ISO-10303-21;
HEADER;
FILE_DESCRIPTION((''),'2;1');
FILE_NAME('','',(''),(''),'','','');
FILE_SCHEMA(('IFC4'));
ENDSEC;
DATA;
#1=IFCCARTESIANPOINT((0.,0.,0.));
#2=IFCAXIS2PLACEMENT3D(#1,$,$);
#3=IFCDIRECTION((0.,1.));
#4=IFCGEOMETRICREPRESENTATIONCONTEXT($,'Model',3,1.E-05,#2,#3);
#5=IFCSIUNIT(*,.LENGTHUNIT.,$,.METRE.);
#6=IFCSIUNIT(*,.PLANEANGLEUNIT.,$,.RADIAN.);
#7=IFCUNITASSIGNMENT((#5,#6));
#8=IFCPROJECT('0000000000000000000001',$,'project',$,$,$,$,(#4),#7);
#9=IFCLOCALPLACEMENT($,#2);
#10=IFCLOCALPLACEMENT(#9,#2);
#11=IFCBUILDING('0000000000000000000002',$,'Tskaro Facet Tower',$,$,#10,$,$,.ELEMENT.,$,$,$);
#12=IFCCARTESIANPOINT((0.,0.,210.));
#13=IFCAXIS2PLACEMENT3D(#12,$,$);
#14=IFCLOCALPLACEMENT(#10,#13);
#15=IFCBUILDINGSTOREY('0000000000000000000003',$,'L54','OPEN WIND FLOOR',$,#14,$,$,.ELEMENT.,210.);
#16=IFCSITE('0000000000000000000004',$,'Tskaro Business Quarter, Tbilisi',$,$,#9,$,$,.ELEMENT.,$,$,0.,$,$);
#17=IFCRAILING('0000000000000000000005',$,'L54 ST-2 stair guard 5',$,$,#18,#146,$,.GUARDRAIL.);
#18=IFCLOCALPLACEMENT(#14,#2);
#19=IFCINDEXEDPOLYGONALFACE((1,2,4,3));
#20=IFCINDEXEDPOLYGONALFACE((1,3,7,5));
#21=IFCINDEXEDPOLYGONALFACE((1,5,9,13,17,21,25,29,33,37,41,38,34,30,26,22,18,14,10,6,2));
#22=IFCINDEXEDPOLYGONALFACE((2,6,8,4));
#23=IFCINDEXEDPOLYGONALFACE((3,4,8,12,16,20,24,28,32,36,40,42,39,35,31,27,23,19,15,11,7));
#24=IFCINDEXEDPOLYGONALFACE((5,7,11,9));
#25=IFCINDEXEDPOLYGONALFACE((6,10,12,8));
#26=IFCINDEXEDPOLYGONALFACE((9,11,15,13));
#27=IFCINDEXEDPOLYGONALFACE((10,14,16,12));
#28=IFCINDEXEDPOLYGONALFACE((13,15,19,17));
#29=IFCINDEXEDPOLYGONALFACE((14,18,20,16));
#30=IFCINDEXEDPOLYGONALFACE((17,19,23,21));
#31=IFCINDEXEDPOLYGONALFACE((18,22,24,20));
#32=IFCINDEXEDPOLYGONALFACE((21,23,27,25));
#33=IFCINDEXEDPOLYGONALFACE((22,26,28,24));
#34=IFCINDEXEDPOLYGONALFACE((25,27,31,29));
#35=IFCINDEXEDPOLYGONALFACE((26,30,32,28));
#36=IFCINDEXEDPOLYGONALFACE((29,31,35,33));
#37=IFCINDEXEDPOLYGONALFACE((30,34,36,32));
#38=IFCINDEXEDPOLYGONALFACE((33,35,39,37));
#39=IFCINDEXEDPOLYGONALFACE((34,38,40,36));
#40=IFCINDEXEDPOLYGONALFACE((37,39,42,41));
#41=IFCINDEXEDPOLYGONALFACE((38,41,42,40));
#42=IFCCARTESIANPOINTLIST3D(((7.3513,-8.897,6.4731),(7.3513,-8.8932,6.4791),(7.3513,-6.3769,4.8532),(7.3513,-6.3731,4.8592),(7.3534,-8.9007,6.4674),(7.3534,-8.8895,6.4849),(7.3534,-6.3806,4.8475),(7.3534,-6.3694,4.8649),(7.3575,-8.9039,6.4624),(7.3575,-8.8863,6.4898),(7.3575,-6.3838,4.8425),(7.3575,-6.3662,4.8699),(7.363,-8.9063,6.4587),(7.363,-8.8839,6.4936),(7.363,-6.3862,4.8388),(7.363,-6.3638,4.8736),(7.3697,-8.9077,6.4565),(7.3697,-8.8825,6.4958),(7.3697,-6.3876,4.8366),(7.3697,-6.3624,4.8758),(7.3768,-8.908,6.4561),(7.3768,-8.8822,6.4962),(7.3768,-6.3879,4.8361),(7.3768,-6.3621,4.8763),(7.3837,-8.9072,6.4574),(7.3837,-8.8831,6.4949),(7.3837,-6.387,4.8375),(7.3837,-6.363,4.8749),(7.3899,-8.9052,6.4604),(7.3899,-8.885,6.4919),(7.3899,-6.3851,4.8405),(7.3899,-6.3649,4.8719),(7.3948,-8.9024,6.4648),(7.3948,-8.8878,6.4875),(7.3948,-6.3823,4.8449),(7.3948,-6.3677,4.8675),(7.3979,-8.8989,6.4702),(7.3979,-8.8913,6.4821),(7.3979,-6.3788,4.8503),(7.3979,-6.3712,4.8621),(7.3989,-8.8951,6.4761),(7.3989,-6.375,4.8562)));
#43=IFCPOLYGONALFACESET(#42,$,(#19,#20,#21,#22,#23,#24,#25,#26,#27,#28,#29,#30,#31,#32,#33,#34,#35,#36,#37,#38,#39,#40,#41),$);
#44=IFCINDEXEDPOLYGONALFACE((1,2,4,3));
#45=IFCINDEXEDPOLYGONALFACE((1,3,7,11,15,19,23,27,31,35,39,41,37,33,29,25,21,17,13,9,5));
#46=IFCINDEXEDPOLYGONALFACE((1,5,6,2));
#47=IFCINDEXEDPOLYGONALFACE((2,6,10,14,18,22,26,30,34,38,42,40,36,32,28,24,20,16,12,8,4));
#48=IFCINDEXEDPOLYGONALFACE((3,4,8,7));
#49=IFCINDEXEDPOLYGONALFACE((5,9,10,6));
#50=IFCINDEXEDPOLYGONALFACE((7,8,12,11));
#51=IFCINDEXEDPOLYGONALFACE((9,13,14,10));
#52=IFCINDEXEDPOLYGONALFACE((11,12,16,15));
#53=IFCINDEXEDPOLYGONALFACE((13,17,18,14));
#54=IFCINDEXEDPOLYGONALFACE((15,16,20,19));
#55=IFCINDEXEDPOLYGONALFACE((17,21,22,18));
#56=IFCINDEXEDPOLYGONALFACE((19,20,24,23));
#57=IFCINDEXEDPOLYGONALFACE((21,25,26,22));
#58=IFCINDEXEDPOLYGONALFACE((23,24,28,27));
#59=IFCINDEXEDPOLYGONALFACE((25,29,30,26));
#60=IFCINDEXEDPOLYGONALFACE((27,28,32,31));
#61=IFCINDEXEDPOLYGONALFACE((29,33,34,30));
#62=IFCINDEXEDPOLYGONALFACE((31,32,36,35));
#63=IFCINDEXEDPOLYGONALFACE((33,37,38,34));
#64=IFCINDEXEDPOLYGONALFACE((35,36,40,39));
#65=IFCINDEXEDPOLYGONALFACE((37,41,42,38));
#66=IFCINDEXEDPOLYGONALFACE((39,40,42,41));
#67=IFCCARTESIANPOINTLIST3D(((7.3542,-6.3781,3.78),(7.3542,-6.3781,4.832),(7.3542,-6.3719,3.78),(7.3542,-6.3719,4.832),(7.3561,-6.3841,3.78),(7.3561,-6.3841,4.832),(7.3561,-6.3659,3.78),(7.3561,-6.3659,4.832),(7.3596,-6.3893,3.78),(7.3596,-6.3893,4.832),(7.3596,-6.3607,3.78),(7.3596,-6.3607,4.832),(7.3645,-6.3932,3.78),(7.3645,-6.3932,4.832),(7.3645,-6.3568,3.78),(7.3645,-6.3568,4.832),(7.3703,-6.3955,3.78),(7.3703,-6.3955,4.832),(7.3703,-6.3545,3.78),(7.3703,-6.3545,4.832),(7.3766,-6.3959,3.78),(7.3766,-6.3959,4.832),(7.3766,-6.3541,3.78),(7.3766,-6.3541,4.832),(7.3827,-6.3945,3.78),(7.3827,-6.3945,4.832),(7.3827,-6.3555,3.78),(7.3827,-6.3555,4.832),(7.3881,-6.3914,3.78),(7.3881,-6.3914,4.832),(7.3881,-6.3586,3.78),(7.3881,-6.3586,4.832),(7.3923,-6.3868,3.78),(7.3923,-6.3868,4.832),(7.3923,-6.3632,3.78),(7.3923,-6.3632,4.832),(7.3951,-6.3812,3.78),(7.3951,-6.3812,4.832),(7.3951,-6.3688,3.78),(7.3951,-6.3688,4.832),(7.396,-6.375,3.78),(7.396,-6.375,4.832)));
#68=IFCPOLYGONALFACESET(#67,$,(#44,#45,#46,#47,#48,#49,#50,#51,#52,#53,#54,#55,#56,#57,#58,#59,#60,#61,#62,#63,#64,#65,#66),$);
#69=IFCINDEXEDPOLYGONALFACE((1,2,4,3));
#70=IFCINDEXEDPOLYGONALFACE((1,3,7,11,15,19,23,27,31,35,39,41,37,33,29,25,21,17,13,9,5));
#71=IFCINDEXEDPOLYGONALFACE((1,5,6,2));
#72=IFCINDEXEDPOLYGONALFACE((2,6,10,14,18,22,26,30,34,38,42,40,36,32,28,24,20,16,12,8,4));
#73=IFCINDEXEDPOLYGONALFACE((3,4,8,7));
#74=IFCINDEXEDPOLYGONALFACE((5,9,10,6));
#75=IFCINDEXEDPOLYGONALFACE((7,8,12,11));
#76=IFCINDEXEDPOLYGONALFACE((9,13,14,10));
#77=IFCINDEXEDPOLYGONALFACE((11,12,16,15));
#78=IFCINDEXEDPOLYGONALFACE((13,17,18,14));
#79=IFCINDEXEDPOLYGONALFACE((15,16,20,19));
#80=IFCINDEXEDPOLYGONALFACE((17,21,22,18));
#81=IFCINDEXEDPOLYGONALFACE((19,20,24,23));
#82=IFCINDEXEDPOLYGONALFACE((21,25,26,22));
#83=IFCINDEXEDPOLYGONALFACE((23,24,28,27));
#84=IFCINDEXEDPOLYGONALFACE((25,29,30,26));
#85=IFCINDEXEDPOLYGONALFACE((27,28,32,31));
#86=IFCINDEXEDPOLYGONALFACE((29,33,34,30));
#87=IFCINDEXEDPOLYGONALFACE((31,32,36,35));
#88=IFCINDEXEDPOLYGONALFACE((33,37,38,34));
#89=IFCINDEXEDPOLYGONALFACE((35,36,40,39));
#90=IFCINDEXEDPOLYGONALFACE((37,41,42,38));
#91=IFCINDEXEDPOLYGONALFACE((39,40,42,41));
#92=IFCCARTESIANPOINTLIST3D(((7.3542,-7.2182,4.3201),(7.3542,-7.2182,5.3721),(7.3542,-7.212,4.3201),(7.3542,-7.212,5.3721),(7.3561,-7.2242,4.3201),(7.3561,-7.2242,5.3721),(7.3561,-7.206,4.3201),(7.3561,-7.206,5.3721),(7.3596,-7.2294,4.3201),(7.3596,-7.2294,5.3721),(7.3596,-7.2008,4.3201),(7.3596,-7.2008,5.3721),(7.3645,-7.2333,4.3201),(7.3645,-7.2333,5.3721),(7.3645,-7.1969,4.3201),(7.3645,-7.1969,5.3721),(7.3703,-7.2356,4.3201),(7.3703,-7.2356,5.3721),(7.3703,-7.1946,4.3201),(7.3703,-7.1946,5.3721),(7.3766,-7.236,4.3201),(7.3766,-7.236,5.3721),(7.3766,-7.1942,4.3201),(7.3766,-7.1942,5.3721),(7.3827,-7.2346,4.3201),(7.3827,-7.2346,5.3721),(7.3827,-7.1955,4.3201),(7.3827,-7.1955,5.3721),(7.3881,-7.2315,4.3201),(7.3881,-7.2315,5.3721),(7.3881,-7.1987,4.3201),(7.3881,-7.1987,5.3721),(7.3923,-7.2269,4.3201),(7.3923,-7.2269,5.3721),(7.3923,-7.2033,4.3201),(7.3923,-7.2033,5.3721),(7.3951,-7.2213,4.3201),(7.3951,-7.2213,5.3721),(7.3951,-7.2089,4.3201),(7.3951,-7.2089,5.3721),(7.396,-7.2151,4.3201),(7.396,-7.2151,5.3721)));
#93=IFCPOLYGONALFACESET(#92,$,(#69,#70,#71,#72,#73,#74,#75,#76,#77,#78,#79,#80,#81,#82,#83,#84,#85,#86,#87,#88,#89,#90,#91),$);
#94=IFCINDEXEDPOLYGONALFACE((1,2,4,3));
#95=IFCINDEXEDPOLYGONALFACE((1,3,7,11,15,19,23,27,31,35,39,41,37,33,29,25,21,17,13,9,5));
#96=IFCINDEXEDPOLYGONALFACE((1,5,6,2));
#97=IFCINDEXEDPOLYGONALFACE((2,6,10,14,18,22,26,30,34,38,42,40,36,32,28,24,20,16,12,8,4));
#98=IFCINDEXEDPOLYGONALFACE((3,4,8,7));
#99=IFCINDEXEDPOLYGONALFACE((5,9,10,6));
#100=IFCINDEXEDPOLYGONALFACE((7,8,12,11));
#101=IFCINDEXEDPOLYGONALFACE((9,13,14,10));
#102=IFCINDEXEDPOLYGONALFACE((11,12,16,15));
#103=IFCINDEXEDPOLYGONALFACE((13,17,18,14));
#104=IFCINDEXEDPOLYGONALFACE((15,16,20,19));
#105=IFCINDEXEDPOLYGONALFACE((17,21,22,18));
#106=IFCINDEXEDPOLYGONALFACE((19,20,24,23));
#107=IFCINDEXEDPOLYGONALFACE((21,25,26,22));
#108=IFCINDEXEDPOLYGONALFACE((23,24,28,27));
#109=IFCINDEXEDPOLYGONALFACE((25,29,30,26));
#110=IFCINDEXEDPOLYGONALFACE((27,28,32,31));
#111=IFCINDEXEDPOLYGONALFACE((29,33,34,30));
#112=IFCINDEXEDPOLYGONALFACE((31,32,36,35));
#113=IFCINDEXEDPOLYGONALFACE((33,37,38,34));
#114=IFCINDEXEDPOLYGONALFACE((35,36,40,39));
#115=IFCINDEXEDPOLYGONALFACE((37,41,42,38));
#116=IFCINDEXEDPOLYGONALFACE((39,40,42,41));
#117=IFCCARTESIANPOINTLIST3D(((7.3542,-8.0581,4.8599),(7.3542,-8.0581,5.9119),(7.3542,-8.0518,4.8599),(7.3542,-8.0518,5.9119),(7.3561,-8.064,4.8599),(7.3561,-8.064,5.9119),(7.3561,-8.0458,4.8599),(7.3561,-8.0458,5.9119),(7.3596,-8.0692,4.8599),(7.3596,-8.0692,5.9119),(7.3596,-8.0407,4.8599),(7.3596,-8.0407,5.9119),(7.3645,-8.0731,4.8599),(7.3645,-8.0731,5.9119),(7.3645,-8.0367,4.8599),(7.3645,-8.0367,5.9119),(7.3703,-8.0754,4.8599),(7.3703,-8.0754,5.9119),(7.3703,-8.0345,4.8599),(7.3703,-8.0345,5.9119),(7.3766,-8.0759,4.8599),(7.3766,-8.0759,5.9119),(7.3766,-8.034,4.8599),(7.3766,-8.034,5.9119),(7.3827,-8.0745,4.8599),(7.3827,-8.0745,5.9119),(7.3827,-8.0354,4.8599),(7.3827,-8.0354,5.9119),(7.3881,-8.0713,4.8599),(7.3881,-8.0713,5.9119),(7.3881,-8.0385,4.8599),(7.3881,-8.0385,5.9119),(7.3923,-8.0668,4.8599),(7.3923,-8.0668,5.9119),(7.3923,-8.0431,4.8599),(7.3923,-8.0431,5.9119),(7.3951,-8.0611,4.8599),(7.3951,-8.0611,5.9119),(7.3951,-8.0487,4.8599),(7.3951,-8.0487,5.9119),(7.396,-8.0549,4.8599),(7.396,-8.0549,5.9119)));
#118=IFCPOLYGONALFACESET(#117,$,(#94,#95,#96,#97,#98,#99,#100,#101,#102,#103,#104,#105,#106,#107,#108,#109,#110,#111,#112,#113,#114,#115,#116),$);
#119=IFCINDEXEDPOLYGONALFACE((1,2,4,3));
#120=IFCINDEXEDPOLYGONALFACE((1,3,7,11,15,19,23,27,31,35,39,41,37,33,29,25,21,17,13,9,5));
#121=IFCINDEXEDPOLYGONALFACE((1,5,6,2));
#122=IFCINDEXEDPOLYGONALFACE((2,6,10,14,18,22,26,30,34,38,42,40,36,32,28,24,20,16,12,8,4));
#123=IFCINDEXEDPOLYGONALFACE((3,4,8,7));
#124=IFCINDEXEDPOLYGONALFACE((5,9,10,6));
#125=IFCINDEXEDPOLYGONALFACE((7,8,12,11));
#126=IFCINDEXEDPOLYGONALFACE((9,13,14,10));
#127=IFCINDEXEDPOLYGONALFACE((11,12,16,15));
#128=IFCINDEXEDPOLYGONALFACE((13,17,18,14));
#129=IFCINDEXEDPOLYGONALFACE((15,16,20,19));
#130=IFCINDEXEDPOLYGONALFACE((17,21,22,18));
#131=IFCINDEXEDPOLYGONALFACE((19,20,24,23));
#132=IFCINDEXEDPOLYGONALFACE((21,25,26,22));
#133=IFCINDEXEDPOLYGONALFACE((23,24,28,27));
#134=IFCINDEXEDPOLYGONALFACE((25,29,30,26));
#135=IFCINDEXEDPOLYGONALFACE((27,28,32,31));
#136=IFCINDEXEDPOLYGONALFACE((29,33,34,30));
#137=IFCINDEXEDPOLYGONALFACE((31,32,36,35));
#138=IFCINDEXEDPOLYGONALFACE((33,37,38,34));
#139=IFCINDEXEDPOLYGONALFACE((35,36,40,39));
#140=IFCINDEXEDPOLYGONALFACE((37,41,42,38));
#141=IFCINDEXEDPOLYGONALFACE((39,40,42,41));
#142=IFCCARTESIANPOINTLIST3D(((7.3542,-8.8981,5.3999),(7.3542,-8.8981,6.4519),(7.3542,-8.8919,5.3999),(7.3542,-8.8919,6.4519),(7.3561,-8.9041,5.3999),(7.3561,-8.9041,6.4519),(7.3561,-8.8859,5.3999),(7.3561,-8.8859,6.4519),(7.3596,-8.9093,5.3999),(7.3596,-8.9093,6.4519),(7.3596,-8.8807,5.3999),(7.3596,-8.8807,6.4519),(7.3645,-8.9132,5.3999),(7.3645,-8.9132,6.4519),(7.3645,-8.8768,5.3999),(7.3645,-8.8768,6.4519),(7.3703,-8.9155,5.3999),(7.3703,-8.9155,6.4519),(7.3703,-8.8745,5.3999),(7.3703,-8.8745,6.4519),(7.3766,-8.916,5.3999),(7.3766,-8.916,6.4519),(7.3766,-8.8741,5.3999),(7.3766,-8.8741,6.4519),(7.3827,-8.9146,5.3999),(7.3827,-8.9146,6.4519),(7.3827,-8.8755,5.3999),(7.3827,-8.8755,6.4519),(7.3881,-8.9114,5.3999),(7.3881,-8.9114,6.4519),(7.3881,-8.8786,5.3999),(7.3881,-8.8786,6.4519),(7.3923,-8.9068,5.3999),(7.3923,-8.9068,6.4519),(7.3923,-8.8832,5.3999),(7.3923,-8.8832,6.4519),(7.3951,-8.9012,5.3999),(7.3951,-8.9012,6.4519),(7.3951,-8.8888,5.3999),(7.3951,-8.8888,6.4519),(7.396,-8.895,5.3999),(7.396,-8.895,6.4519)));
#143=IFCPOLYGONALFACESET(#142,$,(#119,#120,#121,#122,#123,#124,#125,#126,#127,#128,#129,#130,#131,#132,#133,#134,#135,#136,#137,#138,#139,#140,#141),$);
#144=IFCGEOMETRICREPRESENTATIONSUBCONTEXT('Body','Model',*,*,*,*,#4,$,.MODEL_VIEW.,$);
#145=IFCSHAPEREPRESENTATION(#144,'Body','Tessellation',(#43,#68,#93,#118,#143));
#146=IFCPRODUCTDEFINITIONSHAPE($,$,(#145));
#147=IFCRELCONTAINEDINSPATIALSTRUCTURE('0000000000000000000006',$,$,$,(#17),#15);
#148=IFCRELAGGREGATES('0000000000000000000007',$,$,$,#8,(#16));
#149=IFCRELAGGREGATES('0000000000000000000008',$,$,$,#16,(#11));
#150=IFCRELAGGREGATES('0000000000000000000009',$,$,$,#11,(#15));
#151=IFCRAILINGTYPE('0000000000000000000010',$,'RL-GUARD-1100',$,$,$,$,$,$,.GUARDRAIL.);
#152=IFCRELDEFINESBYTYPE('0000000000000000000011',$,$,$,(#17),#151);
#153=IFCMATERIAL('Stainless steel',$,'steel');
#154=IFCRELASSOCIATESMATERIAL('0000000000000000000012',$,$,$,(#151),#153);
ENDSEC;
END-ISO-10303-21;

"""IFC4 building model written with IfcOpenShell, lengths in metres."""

from ifc_helpers import new_model, si_unit, direction, frame, origin, origin_2d, place, context, subcontext, project, spatial, circle, extrude, material, type_object, element, save


model = new_model("IFC4")

# Units and contexts
model_context = context("Model", 3, precision=1e-05, world=origin(), true_north=direction((0.0, 1.0)))
body_context = subcontext(model_context, "Body", "Model", "MODEL_VIEW")
ifc_project = project(units=[si_unit("LENGTHUNIT", "METRE"), si_unit("PLANEANGLEUNIT", "RADIAN")], contexts=[model_context])

# Site, building, storey
site_placement = place(None, origin())
site = spatial("IfcSite", under=ifc_project, at=site_placement, Name="Tskaro Business Quarter, Tbilisi", CompositionType="ELEMENT", RefElevation=0.0)
building_placement = place(site_placement, origin())
building = spatial("IfcBuilding", under=site, at=building_placement, Name="Tskaro Facet Tower", CompositionType="ELEMENT")
storey_placement = place(building_placement, frame((0.0, 0.0, 210.0)))
storey = spatial("IfcBuildingStorey", under=building, at=storey_placement, Name="L54", Description="OPEN WIND FLOOR", CompositionType="ELEMENT", Elevation=210.0)

# Railing
ifc_material_1 = material(Name="Stainless steel", Category="steel")
railing_type_1 = type_object("IfcRailingType", Name="RL-GUARD-1100", PredefinedType="GUARDRAIL", material=ifc_material_1)
railing_1_placement = place(storey_placement, frame((7.375, -6.375, 3.78)))
element("IfcRailing", 1, at=railing_1_placement, inside=storey, type_object=railing_type_1, Name="L54 ST-2 stair guard 5", PredefinedType="GUARDRAIL", context=body_context, shape_type="SweptSolid", body=[
    extrude(circle(Radius=0.0239, at=origin_2d()), frame((0.0, 0.0, 1.0762), z_axis=(0.0, -0.8412, 0.540725), x_axis=(1.0, 0.0, 0.0)), (0.0, 0.0, 1.0), 2.9958),
    extrude(circle(Radius=0.021, at=origin_2d()), origin(), (0.0, 0.0, 1.0), 1.052),
    extrude(circle(Radius=0.021, at=origin_2d()), frame((0.0, -0.8401, 0.54)), (0.0, 0.0, 1.0), 1.052),
    extrude(circle(Radius=0.021, at=origin_2d()), frame((0.0, -1.6799, 1.0798)), (0.0, 0.0, 1.0), 1.052),
    extrude(circle(Radius=0.021, at=origin_2d()), frame((0.0, -2.52, 1.6199)), (0.0, 0.0, 1.0), 1.052),
])

save(model, "model.ifc")
